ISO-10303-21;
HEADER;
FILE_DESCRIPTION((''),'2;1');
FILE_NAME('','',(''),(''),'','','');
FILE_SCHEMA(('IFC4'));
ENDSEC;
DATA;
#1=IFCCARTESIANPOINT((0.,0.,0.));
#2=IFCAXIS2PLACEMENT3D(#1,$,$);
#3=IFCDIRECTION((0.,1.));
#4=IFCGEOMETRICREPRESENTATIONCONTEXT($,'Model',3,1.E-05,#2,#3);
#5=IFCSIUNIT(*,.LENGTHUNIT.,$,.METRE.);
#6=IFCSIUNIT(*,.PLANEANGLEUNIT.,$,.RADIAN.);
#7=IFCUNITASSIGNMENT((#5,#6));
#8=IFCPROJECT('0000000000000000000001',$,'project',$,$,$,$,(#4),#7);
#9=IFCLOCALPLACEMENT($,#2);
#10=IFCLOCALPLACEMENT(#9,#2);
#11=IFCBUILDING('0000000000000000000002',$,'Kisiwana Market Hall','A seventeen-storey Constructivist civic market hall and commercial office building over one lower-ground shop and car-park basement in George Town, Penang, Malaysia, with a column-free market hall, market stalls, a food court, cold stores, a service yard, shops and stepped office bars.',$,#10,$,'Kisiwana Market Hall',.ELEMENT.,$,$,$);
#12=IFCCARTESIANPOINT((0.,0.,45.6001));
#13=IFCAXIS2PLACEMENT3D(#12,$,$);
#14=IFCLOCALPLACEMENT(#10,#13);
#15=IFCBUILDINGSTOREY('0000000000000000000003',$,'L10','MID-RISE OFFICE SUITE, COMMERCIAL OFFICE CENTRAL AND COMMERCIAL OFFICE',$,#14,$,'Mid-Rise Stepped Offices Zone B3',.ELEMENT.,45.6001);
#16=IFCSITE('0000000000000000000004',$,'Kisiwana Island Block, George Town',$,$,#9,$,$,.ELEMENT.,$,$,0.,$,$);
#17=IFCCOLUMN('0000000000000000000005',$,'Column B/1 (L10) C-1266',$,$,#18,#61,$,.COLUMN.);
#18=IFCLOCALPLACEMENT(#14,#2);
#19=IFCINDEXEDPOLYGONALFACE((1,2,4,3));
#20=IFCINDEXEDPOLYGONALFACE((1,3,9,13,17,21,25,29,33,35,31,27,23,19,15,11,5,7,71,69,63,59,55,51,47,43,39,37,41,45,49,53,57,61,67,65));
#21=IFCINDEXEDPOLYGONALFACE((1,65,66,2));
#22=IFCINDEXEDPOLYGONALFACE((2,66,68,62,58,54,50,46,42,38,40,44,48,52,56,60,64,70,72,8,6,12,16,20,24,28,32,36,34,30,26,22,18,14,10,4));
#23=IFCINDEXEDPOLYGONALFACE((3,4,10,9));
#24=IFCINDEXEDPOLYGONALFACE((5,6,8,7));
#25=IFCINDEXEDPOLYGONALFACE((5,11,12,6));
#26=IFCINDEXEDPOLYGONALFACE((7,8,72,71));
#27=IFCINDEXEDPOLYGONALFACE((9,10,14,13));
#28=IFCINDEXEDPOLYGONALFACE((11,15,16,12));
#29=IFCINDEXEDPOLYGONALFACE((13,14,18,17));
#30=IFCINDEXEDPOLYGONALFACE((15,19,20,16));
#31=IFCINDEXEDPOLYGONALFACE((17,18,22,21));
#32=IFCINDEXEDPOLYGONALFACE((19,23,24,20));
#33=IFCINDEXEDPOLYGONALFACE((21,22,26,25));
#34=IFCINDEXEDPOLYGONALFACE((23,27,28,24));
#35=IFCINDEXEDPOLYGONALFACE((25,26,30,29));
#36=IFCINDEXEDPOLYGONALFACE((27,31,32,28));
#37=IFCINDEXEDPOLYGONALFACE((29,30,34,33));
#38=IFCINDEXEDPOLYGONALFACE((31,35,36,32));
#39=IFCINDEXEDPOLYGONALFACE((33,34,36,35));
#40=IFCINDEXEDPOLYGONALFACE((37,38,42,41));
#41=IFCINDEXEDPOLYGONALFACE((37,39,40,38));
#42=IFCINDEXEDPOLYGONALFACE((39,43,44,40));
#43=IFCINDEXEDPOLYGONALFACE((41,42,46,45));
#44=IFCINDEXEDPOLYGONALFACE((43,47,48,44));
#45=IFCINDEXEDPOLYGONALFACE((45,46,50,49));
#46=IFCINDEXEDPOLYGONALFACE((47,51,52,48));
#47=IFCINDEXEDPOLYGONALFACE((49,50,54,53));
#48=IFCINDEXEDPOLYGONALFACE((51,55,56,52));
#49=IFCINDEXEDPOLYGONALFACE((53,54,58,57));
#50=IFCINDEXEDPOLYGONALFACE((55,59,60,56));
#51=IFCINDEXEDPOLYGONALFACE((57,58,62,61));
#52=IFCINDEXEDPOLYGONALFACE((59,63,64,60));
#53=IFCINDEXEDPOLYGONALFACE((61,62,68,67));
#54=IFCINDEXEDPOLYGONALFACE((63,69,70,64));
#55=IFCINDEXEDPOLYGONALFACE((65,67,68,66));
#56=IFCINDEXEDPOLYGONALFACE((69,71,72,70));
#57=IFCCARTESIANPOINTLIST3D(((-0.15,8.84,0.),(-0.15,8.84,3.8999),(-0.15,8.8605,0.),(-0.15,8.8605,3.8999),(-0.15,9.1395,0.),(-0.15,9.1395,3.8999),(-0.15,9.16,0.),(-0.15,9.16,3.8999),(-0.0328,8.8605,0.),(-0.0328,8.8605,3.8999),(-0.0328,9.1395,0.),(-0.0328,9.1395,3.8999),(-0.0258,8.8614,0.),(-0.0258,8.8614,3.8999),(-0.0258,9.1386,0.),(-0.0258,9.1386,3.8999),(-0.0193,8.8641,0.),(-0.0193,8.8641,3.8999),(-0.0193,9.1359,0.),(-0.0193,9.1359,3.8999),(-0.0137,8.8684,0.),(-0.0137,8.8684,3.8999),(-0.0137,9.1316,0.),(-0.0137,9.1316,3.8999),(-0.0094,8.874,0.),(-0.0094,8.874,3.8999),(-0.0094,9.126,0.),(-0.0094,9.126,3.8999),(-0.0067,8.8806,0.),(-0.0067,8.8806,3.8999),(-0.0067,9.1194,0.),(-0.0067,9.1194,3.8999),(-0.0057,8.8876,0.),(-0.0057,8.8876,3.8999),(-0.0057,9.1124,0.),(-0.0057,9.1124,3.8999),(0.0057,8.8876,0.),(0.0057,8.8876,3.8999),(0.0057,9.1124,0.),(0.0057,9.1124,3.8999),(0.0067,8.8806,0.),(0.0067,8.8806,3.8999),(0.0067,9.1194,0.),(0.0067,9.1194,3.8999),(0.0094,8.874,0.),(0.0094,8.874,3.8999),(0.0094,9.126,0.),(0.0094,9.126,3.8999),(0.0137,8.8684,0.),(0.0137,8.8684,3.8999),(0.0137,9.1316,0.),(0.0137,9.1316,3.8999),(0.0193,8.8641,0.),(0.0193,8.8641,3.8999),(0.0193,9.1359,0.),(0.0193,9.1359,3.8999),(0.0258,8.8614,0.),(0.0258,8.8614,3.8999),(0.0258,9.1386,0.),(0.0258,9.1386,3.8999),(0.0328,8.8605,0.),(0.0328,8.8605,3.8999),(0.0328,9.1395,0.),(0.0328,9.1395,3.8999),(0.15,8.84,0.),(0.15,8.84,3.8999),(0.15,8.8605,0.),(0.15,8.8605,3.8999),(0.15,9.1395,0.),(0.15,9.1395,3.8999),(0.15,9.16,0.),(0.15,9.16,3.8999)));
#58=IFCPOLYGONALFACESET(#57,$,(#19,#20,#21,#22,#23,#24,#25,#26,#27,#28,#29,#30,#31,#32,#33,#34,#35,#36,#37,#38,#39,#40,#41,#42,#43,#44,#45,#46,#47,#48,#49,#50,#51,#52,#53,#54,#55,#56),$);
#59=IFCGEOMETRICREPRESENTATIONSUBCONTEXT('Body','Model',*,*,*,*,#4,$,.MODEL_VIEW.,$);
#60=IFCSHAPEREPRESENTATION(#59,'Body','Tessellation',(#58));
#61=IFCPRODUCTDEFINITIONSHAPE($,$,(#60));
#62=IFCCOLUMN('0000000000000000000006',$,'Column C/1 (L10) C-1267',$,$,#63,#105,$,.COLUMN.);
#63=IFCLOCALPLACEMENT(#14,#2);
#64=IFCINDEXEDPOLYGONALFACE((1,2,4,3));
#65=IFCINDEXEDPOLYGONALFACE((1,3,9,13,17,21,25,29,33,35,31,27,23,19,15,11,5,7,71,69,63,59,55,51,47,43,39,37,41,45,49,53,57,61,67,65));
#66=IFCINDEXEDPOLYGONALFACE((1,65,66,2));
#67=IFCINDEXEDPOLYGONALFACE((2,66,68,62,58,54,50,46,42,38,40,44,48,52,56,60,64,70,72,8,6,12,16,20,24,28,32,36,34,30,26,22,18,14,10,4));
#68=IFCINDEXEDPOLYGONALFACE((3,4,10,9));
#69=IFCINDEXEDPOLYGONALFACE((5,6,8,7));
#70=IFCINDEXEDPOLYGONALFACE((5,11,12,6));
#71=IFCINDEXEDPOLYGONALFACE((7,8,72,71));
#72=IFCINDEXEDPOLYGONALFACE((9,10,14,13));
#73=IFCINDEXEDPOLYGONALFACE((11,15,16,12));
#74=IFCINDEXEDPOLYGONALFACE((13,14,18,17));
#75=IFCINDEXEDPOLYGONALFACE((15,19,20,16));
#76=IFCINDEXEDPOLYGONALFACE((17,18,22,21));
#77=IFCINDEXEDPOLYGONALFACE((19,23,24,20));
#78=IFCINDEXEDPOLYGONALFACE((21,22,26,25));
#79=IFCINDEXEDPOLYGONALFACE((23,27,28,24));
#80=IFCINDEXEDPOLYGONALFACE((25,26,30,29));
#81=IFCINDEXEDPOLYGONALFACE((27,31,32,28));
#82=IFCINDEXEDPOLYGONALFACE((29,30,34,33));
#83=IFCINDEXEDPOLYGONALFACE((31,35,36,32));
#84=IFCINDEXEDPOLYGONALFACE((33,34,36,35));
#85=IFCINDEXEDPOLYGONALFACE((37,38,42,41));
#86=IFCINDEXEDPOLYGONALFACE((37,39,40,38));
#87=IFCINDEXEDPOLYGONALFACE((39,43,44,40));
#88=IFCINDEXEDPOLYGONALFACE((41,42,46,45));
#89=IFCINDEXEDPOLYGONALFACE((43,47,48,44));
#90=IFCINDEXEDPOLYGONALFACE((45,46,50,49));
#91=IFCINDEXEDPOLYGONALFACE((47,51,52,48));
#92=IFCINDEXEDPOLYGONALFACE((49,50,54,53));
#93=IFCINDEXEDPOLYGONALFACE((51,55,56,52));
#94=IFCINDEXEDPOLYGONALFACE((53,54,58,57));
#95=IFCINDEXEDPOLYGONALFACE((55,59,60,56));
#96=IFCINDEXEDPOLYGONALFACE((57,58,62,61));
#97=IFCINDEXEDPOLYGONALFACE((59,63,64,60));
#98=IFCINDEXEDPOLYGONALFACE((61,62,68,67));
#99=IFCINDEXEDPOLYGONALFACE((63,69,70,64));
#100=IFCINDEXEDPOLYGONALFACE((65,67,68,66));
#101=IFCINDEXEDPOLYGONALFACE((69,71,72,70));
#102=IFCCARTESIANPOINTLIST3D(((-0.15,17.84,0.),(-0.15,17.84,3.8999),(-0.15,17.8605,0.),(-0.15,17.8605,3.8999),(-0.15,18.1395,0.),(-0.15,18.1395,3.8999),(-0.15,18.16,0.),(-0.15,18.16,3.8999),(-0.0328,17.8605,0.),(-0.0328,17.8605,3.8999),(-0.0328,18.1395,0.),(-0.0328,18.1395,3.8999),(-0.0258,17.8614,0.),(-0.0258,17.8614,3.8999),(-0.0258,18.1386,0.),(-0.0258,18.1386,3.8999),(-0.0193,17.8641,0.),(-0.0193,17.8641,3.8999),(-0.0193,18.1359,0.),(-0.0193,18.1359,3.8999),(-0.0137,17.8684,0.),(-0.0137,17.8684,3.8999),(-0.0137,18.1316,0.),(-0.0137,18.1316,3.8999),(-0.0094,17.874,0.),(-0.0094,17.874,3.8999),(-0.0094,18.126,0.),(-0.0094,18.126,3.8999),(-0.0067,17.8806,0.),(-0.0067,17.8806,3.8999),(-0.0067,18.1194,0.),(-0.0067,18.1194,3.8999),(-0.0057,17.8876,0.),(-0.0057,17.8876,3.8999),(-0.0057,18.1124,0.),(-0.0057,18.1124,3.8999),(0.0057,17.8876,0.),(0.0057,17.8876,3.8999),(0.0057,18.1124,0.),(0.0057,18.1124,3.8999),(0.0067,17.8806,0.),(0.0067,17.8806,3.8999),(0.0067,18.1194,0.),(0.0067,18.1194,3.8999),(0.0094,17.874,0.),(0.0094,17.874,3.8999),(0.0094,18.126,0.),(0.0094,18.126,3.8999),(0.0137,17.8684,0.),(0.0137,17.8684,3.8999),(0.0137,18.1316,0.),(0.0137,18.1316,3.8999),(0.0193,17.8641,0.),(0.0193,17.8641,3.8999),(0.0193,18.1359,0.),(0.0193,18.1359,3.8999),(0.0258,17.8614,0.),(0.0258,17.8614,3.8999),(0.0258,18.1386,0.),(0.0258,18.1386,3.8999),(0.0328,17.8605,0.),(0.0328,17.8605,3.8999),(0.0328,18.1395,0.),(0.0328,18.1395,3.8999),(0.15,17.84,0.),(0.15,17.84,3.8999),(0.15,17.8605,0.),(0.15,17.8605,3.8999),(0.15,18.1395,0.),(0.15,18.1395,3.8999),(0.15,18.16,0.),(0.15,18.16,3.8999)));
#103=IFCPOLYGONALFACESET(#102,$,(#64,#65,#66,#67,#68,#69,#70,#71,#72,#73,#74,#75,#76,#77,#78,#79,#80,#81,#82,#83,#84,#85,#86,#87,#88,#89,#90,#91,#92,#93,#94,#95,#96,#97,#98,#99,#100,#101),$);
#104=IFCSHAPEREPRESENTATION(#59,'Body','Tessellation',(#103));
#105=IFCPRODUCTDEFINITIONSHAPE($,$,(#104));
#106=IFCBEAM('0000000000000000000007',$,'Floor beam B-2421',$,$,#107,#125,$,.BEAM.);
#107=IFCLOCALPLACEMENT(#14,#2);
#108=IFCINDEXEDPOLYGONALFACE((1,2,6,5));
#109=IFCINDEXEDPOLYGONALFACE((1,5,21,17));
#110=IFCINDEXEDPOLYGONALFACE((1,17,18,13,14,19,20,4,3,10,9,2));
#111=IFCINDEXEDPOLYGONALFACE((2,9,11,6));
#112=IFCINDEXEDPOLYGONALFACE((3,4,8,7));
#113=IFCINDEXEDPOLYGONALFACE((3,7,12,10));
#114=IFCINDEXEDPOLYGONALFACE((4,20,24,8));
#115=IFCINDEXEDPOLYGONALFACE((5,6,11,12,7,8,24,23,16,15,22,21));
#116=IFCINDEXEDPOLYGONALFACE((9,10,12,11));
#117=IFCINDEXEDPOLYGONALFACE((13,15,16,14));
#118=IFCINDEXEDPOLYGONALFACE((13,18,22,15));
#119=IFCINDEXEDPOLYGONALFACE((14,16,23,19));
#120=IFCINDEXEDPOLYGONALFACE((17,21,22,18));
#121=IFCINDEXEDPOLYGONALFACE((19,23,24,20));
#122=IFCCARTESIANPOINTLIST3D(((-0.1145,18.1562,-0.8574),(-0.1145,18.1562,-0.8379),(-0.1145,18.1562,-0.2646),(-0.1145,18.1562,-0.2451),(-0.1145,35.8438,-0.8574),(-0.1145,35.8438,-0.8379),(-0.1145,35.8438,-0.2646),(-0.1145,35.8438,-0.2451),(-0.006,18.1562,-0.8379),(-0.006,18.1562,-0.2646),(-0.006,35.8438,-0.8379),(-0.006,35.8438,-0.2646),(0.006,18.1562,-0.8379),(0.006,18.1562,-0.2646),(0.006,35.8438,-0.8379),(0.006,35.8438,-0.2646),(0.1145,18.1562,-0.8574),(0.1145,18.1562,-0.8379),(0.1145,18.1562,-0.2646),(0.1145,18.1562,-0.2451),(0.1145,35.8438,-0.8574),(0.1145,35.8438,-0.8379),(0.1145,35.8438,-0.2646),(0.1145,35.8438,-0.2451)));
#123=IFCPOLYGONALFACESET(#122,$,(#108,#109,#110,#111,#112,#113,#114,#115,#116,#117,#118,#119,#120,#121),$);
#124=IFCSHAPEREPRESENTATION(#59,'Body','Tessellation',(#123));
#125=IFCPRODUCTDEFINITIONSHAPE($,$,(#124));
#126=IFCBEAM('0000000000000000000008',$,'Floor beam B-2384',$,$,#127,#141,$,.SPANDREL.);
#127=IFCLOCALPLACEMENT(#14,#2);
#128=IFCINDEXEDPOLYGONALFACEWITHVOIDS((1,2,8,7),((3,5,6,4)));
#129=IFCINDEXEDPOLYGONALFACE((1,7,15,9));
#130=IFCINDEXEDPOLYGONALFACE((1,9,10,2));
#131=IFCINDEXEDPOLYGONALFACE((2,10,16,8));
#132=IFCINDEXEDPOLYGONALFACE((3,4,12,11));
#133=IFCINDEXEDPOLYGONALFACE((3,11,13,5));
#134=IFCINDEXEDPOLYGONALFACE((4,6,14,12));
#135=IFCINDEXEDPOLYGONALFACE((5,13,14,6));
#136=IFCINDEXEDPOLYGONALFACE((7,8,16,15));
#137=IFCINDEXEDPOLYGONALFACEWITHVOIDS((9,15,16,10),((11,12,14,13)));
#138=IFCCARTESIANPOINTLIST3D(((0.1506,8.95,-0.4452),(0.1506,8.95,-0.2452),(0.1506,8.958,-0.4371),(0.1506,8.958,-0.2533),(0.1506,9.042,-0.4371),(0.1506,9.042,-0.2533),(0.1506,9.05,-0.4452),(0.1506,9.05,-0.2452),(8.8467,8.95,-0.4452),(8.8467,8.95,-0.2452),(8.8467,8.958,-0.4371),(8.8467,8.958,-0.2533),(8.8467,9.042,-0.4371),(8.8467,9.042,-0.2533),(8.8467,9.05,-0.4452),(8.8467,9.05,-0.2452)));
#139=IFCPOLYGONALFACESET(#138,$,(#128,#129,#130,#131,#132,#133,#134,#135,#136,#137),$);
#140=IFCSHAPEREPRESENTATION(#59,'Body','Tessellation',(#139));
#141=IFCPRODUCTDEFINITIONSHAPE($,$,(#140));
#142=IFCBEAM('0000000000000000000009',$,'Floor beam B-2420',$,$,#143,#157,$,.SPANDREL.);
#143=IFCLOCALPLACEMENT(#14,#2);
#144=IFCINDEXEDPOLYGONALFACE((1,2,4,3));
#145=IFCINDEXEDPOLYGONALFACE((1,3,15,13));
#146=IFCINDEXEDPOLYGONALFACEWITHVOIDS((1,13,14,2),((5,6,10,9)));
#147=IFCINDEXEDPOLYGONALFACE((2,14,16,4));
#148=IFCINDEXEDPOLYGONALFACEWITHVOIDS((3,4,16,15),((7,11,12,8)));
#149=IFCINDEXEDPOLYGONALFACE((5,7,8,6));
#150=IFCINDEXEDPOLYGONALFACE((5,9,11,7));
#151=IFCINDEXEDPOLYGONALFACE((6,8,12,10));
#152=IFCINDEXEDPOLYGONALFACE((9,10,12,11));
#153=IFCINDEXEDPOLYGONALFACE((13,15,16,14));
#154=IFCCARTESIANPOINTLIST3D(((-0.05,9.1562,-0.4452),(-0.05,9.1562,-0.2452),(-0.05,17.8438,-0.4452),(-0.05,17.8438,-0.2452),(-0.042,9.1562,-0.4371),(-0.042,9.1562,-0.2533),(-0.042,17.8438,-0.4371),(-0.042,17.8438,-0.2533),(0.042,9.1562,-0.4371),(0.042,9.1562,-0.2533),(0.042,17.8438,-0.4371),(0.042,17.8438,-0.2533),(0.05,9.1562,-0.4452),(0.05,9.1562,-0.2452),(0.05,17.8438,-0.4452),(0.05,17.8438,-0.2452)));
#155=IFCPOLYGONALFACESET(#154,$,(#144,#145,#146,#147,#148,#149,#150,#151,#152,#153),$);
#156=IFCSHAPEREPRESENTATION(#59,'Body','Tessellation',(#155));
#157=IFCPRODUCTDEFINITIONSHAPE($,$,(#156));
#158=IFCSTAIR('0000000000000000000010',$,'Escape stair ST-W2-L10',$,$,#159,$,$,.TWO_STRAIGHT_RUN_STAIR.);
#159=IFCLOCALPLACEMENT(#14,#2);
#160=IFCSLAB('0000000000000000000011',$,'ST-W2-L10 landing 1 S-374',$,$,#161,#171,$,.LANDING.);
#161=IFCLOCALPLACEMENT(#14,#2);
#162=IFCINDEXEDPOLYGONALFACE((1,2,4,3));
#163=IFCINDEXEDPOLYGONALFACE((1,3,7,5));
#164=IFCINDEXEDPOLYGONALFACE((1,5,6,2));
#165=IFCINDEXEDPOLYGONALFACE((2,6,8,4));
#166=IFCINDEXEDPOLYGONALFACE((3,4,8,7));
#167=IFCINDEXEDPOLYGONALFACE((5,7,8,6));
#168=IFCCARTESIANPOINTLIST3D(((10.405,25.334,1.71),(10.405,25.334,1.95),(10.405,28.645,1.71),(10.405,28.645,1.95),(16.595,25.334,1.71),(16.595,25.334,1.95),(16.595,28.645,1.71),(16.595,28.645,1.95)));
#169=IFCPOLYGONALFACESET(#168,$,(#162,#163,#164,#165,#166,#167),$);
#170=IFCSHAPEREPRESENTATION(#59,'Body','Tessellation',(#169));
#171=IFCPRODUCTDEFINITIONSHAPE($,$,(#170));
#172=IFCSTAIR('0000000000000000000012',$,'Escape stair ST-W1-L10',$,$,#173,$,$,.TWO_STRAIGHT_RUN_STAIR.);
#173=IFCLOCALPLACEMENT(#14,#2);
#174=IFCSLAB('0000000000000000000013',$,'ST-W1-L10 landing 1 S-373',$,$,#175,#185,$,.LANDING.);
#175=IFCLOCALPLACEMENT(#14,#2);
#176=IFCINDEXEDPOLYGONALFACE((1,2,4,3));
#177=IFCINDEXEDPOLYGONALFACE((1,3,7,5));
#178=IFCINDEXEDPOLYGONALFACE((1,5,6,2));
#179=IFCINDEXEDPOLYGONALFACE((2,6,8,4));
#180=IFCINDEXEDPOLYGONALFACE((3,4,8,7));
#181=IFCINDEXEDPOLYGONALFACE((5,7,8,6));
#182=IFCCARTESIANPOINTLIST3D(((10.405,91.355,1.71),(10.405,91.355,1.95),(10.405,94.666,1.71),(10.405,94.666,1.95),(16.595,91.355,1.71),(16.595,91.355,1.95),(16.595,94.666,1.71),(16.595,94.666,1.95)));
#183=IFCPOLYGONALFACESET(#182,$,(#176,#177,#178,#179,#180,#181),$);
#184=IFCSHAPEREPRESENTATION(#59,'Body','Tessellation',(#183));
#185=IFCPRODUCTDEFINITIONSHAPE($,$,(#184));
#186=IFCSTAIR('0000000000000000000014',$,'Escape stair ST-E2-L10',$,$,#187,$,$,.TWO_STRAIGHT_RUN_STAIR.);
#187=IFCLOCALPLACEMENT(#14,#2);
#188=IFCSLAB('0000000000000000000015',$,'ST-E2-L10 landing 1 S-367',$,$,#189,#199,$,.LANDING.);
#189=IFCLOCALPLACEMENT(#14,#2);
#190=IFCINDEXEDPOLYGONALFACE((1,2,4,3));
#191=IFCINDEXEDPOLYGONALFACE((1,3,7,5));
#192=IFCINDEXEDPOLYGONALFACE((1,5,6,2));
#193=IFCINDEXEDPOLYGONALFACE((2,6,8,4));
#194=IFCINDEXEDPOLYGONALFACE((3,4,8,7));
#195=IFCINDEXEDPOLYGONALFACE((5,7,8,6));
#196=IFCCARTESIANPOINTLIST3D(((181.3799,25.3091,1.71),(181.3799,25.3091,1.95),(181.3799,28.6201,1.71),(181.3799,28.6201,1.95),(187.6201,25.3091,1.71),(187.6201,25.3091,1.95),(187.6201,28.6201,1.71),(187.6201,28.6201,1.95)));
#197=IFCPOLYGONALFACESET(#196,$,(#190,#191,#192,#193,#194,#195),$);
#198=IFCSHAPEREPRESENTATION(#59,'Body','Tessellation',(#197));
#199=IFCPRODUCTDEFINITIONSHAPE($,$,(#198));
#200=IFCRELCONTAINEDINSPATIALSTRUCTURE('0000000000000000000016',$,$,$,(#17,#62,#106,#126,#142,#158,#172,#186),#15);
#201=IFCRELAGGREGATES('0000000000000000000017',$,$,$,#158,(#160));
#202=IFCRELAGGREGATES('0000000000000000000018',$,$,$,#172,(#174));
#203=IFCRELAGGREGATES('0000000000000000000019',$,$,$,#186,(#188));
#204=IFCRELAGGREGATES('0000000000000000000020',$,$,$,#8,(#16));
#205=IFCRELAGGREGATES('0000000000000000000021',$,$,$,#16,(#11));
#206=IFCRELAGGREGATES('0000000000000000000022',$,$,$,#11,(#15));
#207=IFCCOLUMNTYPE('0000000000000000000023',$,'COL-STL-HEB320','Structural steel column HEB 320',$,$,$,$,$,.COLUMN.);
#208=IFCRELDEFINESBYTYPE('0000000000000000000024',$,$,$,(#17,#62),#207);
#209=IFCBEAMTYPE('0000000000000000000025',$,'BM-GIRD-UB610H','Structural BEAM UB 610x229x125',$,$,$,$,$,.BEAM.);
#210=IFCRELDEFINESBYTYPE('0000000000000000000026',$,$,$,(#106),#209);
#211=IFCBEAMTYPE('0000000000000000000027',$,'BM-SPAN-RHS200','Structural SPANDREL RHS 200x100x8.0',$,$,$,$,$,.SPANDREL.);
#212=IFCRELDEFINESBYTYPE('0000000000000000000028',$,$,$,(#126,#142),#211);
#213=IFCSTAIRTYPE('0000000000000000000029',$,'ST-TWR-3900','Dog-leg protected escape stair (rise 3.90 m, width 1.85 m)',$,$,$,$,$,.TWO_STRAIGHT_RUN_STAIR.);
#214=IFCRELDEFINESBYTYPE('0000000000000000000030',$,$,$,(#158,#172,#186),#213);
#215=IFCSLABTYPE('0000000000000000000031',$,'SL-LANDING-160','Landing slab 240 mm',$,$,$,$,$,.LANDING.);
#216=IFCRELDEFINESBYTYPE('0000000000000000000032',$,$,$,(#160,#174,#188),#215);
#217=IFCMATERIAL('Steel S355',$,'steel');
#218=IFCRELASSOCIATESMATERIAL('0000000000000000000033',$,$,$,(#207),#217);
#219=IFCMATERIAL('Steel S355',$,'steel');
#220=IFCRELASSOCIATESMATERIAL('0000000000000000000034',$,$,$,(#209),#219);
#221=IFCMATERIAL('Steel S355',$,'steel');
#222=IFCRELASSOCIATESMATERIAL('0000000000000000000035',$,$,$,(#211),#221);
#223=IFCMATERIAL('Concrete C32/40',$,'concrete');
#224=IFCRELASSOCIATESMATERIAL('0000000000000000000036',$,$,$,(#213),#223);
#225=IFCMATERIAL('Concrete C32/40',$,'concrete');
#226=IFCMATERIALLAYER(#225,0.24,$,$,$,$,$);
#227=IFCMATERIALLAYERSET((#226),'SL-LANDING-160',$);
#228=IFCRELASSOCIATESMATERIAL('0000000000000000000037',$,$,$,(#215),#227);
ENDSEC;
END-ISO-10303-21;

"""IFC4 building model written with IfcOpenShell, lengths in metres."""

from ifc_helpers import new_model, si_unit, direction, frame, origin, origin_2d, place, context, subcontext, project, spatial, polyline, hollow_rectangle, i_section, outline, extrude, material, layer, layer_set, material_profile, profile_set, type_object, element, aggregate, save


model = new_model("IFC4")

# Units and contexts
model_context = context("Model", 3, precision=1e-05, world=origin(), true_north=direction((0.0, 1.0)))
body_context = subcontext(model_context, "Body", "Model", "MODEL_VIEW")
ifc_project = project(units=[si_unit("LENGTHUNIT", "METRE"), si_unit("PLANEANGLEUNIT", "RADIAN")], contexts=[model_context])

# Site, building, storey
site_placement = place(None, origin())
site = spatial("IfcSite", under=ifc_project, at=site_placement, Name="Kisiwana Island Block, George Town", CompositionType="ELEMENT", RefElevation=0.0)
building_placement = place(site_placement, origin())
building = spatial("IfcBuilding", under=site, at=building_placement, Name="Kisiwana Market Hall", Description="A seventeen-storey Constructivist civic market hall and commercial office building over one lower-ground shop and car-park basement in George Town, Penang, Malaysia, with a column-free market hall, market stalls, a food court, cold stores, a service yard, shops and stepped office bars.", LongName="Kisiwana Market Hall", CompositionType="ELEMENT")
storey_placement = place(building_placement, frame((0.0, 0.0, 45.6001)))
storey = spatial("IfcBuildingStorey", under=building, at=storey_placement, Name="L10", Description="MID-RISE OFFICE SUITE, COMMERCIAL OFFICE CENTRAL AND COMMERCIAL OFFICE", LongName="Mid-Rise Stepped Offices Zone B3", CompositionType="ELEMENT", Elevation=45.6001)

# Columns
ifc_material_1 = material(Name="Steel S355", Category="steel")
ifc_material_profile_1 = material_profile(ifc_material_1, i_section(OverallWidth=0.3, OverallDepth=0.3201, WebThickness=0.0115, FlangeThickness=0.0205, FilletRadius=0.0271, at=origin_2d()), Name="HEB 320")
ifc_profile_set_1 = profile_set([ifc_material_profile_1], Name="Steel S355")
column_type = type_object("IfcColumnType", Name="COL-STL-HEB320", Description="Structural steel column HEB 320", PredefinedType="COLUMN", material=ifc_profile_set_1)
for number, where, z_axis, x_axis, name in (
    (1, (0.0, 9.0, 0.0), (0.0, 0.0, 1.0), (1.0, 0.0, 0.0), "Column B/1 (L10) C-1266"),
    (2, (0.0, 18.0, 0.0), (0.0, 0.0, 1.0), (1.0, 0.0, 0.0), "Column C/1 (L10) C-1267"),
):
    element("IfcColumn", number, at=place(storey_placement, frame(where, z_axis=z_axis, x_axis=x_axis)), inside=storey, type_object=column_type, Name=name, PredefinedType="COLUMN", context=body_context, shape_type="SweptSolid", body=[
        extrude(i_section(OverallWidth=0.3, OverallDepth=0.3201, WebThickness=0.0115, FlangeThickness=0.0205, FilletRadius=0.0271, at=origin_2d()), origin(), (0.0, 0.0, 1.0), 3.8999),
    ])

# Beams
ifc_material_2 = material(Name="Steel S355", Category="steel")
ifc_material_profile_2 = material_profile(ifc_material_2, i_section(OverallWidth=0.229, OverallDepth=0.6123, WebThickness=0.012, FlangeThickness=0.0195, at=origin_2d()), Name="UB 610x229x125")
ifc_profile_set_2 = profile_set([ifc_material_profile_2], Name="Steel S355")
beam_type_1 = type_object("IfcBeamType", Name="BM-GIRD-UB610H", Description="Structural BEAM UB 610x229x125", PredefinedType="BEAM", material=ifc_profile_set_2)
beam_1_placement = place(storey_placement, frame((0.0, 18.1562, -0.5513), z_axis=(0.0, 1.0, 0.0), x_axis=(-1.0, 0.0, 0.0)))
element("IfcBeam", 3, at=beam_1_placement, inside=storey, type_object=beam_type_1, Name="Floor beam B-2421", PredefinedType="BEAM", context=body_context, shape_type="SweptSolid", body=[
    extrude(i_section(OverallWidth=0.229, OverallDepth=0.6123, WebThickness=0.012, FlangeThickness=0.0195, at=origin_2d()), origin(), (0.0, 0.0, 1.0), 17.6875),
])
ifc_material_3 = material(Name="Steel S355", Category="steel")
ifc_material_profile_3 = material_profile(ifc_material_3, hollow_rectangle(XDim=0.1001, YDim=0.2, WallThickness=0.0081, at=origin_2d()), Name="RHS 200x100x8.0")
ifc_profile_set_3 = profile_set([ifc_material_profile_3], Name="Steel S355")
beam_type_2 = type_object("IfcBeamType", Name="BM-SPAN-RHS200", Description="Structural SPANDREL RHS 200x100x8.0", PredefinedType="SPANDREL", material=ifc_profile_set_3)
beam_2_placement = place(storey_placement, frame((0.1506, 9.0, -0.3452), z_axis=(1.0, 0.0, 0.0), x_axis=(0.0, 1.0, 0.0)))
element("IfcBeam", 4, at=beam_2_placement, inside=storey, type_object=beam_type_2, Name="Floor beam B-2384", PredefinedType="SPANDREL", context=body_context, shape_type="SweptSolid", body=[
    extrude(hollow_rectangle(XDim=0.1001, YDim=0.2, WallThickness=0.0081, at=origin_2d()), origin(), (0.0, 0.0, 1.0), 8.696),
])
beam_3_placement = place(storey_placement, frame((0.0, 9.1562, -0.3452), z_axis=(0.0, 1.0, 0.0), x_axis=(-1.0, 0.0, 0.0)))
element("IfcBeam", 5, at=beam_3_placement, inside=storey, type_object=beam_type_2, Name="Floor beam B-2420", PredefinedType="SPANDREL", context=body_context, shape_type="SweptSolid", body=[
    extrude(hollow_rectangle(XDim=0.1001, YDim=0.2, WallThickness=0.0081, at=origin_2d()), origin(), (0.0, 0.0, 1.0), 8.6875),
])

# Stairs, slabs
ifc_material_4 = material(Name="Concrete C32/40", Category="concrete")
stair_type_1 = type_object("IfcStairType", Name="ST-TWR-3900", Description="Dog-leg protected escape stair (rise 3.90 m, width 1.85 m)", PredefinedType="TWO_STRAIGHT_RUN_STAIR", material=ifc_material_4)
stair_1_placement = place(storey_placement, origin())
stair_1 = element("IfcStair", 6, at=stair_1_placement, inside=storey, type_object=stair_type_1, Name="Escape stair ST-W2-L10", PredefinedType="TWO_STRAIGHT_RUN_STAIR")
ifc_material_5 = material(Name="Concrete C32/40", Category="concrete")
ifc_layer_1 = layer(ifc_material_5, 0.24)
ifc_layer_set_1 = layer_set([ifc_layer_1], Name="SL-LANDING-160")
slab_type_1 = type_object("IfcSlabType", Name="SL-LANDING-160", Description="Landing slab 240 mm", PredefinedType="LANDING", material=ifc_layer_set_1)
slab_1_placement = place(storey_placement, frame((0.0, 0.0, 1.71)))
slab_1 = element("IfcSlab", 7, at=slab_1_placement, type_object=slab_type_1, Name="ST-W2-L10 landing 1 S-374", PredefinedType="LANDING", context=body_context, shape_type="SweptSolid", body=[
    extrude(outline(polyline([(10.405, 25.334), (16.595, 25.334), (16.595, 28.645), (10.405, 28.645), (10.405, 25.334)])), origin(), (0.0, 0.0, 1.0), 0.24),
])
aggregate(stair_1, [slab_1])
stair_2_placement = place(storey_placement, origin())
stair_2 = element("IfcStair", 8, at=stair_2_placement, inside=storey, type_object=stair_type_1, Name="Escape stair ST-W1-L10", PredefinedType="TWO_STRAIGHT_RUN_STAIR")
slab_2_placement = place(storey_placement, frame((0.0, 0.0, 1.71)))
slab_2 = element("IfcSlab", 9, at=slab_2_placement, type_object=slab_type_1, Name="ST-W1-L10 landing 1 S-373", PredefinedType="LANDING", context=body_context, shape_type="SweptSolid", body=[
    extrude(outline(polyline([(10.405, 91.355), (16.595, 91.355), (16.595, 94.666), (10.405, 94.666), (10.405, 91.355)])), origin(), (0.0, 0.0, 1.0), 0.24),
])
aggregate(stair_2, [slab_2])
stair_3_placement = place(storey_placement, origin())
stair_3 = element("IfcStair", 10, at=stair_3_placement, inside=storey, type_object=stair_type_1, Name="Escape stair ST-E2-L10", PredefinedType="TWO_STRAIGHT_RUN_STAIR")
slab_3_placement = place(storey_placement, frame((0.0, 0.0, 1.71)))
slab_3 = element("IfcSlab", 11, at=slab_3_placement, type_object=slab_type_1, Name="ST-E2-L10 landing 1 S-367", PredefinedType="LANDING", context=body_context, shape_type="SweptSolid", body=[
    extrude(outline(polyline([(181.3799, 25.3091), (187.6201, 25.3091), (187.6201, 28.6201), (181.3799, 28.6201), (181.3799, 25.3091)])), origin(), (0.0, 0.0, 1.0), 0.24),
])
aggregate(stair_3, [slab_3])

save(model, "model.ifc")
